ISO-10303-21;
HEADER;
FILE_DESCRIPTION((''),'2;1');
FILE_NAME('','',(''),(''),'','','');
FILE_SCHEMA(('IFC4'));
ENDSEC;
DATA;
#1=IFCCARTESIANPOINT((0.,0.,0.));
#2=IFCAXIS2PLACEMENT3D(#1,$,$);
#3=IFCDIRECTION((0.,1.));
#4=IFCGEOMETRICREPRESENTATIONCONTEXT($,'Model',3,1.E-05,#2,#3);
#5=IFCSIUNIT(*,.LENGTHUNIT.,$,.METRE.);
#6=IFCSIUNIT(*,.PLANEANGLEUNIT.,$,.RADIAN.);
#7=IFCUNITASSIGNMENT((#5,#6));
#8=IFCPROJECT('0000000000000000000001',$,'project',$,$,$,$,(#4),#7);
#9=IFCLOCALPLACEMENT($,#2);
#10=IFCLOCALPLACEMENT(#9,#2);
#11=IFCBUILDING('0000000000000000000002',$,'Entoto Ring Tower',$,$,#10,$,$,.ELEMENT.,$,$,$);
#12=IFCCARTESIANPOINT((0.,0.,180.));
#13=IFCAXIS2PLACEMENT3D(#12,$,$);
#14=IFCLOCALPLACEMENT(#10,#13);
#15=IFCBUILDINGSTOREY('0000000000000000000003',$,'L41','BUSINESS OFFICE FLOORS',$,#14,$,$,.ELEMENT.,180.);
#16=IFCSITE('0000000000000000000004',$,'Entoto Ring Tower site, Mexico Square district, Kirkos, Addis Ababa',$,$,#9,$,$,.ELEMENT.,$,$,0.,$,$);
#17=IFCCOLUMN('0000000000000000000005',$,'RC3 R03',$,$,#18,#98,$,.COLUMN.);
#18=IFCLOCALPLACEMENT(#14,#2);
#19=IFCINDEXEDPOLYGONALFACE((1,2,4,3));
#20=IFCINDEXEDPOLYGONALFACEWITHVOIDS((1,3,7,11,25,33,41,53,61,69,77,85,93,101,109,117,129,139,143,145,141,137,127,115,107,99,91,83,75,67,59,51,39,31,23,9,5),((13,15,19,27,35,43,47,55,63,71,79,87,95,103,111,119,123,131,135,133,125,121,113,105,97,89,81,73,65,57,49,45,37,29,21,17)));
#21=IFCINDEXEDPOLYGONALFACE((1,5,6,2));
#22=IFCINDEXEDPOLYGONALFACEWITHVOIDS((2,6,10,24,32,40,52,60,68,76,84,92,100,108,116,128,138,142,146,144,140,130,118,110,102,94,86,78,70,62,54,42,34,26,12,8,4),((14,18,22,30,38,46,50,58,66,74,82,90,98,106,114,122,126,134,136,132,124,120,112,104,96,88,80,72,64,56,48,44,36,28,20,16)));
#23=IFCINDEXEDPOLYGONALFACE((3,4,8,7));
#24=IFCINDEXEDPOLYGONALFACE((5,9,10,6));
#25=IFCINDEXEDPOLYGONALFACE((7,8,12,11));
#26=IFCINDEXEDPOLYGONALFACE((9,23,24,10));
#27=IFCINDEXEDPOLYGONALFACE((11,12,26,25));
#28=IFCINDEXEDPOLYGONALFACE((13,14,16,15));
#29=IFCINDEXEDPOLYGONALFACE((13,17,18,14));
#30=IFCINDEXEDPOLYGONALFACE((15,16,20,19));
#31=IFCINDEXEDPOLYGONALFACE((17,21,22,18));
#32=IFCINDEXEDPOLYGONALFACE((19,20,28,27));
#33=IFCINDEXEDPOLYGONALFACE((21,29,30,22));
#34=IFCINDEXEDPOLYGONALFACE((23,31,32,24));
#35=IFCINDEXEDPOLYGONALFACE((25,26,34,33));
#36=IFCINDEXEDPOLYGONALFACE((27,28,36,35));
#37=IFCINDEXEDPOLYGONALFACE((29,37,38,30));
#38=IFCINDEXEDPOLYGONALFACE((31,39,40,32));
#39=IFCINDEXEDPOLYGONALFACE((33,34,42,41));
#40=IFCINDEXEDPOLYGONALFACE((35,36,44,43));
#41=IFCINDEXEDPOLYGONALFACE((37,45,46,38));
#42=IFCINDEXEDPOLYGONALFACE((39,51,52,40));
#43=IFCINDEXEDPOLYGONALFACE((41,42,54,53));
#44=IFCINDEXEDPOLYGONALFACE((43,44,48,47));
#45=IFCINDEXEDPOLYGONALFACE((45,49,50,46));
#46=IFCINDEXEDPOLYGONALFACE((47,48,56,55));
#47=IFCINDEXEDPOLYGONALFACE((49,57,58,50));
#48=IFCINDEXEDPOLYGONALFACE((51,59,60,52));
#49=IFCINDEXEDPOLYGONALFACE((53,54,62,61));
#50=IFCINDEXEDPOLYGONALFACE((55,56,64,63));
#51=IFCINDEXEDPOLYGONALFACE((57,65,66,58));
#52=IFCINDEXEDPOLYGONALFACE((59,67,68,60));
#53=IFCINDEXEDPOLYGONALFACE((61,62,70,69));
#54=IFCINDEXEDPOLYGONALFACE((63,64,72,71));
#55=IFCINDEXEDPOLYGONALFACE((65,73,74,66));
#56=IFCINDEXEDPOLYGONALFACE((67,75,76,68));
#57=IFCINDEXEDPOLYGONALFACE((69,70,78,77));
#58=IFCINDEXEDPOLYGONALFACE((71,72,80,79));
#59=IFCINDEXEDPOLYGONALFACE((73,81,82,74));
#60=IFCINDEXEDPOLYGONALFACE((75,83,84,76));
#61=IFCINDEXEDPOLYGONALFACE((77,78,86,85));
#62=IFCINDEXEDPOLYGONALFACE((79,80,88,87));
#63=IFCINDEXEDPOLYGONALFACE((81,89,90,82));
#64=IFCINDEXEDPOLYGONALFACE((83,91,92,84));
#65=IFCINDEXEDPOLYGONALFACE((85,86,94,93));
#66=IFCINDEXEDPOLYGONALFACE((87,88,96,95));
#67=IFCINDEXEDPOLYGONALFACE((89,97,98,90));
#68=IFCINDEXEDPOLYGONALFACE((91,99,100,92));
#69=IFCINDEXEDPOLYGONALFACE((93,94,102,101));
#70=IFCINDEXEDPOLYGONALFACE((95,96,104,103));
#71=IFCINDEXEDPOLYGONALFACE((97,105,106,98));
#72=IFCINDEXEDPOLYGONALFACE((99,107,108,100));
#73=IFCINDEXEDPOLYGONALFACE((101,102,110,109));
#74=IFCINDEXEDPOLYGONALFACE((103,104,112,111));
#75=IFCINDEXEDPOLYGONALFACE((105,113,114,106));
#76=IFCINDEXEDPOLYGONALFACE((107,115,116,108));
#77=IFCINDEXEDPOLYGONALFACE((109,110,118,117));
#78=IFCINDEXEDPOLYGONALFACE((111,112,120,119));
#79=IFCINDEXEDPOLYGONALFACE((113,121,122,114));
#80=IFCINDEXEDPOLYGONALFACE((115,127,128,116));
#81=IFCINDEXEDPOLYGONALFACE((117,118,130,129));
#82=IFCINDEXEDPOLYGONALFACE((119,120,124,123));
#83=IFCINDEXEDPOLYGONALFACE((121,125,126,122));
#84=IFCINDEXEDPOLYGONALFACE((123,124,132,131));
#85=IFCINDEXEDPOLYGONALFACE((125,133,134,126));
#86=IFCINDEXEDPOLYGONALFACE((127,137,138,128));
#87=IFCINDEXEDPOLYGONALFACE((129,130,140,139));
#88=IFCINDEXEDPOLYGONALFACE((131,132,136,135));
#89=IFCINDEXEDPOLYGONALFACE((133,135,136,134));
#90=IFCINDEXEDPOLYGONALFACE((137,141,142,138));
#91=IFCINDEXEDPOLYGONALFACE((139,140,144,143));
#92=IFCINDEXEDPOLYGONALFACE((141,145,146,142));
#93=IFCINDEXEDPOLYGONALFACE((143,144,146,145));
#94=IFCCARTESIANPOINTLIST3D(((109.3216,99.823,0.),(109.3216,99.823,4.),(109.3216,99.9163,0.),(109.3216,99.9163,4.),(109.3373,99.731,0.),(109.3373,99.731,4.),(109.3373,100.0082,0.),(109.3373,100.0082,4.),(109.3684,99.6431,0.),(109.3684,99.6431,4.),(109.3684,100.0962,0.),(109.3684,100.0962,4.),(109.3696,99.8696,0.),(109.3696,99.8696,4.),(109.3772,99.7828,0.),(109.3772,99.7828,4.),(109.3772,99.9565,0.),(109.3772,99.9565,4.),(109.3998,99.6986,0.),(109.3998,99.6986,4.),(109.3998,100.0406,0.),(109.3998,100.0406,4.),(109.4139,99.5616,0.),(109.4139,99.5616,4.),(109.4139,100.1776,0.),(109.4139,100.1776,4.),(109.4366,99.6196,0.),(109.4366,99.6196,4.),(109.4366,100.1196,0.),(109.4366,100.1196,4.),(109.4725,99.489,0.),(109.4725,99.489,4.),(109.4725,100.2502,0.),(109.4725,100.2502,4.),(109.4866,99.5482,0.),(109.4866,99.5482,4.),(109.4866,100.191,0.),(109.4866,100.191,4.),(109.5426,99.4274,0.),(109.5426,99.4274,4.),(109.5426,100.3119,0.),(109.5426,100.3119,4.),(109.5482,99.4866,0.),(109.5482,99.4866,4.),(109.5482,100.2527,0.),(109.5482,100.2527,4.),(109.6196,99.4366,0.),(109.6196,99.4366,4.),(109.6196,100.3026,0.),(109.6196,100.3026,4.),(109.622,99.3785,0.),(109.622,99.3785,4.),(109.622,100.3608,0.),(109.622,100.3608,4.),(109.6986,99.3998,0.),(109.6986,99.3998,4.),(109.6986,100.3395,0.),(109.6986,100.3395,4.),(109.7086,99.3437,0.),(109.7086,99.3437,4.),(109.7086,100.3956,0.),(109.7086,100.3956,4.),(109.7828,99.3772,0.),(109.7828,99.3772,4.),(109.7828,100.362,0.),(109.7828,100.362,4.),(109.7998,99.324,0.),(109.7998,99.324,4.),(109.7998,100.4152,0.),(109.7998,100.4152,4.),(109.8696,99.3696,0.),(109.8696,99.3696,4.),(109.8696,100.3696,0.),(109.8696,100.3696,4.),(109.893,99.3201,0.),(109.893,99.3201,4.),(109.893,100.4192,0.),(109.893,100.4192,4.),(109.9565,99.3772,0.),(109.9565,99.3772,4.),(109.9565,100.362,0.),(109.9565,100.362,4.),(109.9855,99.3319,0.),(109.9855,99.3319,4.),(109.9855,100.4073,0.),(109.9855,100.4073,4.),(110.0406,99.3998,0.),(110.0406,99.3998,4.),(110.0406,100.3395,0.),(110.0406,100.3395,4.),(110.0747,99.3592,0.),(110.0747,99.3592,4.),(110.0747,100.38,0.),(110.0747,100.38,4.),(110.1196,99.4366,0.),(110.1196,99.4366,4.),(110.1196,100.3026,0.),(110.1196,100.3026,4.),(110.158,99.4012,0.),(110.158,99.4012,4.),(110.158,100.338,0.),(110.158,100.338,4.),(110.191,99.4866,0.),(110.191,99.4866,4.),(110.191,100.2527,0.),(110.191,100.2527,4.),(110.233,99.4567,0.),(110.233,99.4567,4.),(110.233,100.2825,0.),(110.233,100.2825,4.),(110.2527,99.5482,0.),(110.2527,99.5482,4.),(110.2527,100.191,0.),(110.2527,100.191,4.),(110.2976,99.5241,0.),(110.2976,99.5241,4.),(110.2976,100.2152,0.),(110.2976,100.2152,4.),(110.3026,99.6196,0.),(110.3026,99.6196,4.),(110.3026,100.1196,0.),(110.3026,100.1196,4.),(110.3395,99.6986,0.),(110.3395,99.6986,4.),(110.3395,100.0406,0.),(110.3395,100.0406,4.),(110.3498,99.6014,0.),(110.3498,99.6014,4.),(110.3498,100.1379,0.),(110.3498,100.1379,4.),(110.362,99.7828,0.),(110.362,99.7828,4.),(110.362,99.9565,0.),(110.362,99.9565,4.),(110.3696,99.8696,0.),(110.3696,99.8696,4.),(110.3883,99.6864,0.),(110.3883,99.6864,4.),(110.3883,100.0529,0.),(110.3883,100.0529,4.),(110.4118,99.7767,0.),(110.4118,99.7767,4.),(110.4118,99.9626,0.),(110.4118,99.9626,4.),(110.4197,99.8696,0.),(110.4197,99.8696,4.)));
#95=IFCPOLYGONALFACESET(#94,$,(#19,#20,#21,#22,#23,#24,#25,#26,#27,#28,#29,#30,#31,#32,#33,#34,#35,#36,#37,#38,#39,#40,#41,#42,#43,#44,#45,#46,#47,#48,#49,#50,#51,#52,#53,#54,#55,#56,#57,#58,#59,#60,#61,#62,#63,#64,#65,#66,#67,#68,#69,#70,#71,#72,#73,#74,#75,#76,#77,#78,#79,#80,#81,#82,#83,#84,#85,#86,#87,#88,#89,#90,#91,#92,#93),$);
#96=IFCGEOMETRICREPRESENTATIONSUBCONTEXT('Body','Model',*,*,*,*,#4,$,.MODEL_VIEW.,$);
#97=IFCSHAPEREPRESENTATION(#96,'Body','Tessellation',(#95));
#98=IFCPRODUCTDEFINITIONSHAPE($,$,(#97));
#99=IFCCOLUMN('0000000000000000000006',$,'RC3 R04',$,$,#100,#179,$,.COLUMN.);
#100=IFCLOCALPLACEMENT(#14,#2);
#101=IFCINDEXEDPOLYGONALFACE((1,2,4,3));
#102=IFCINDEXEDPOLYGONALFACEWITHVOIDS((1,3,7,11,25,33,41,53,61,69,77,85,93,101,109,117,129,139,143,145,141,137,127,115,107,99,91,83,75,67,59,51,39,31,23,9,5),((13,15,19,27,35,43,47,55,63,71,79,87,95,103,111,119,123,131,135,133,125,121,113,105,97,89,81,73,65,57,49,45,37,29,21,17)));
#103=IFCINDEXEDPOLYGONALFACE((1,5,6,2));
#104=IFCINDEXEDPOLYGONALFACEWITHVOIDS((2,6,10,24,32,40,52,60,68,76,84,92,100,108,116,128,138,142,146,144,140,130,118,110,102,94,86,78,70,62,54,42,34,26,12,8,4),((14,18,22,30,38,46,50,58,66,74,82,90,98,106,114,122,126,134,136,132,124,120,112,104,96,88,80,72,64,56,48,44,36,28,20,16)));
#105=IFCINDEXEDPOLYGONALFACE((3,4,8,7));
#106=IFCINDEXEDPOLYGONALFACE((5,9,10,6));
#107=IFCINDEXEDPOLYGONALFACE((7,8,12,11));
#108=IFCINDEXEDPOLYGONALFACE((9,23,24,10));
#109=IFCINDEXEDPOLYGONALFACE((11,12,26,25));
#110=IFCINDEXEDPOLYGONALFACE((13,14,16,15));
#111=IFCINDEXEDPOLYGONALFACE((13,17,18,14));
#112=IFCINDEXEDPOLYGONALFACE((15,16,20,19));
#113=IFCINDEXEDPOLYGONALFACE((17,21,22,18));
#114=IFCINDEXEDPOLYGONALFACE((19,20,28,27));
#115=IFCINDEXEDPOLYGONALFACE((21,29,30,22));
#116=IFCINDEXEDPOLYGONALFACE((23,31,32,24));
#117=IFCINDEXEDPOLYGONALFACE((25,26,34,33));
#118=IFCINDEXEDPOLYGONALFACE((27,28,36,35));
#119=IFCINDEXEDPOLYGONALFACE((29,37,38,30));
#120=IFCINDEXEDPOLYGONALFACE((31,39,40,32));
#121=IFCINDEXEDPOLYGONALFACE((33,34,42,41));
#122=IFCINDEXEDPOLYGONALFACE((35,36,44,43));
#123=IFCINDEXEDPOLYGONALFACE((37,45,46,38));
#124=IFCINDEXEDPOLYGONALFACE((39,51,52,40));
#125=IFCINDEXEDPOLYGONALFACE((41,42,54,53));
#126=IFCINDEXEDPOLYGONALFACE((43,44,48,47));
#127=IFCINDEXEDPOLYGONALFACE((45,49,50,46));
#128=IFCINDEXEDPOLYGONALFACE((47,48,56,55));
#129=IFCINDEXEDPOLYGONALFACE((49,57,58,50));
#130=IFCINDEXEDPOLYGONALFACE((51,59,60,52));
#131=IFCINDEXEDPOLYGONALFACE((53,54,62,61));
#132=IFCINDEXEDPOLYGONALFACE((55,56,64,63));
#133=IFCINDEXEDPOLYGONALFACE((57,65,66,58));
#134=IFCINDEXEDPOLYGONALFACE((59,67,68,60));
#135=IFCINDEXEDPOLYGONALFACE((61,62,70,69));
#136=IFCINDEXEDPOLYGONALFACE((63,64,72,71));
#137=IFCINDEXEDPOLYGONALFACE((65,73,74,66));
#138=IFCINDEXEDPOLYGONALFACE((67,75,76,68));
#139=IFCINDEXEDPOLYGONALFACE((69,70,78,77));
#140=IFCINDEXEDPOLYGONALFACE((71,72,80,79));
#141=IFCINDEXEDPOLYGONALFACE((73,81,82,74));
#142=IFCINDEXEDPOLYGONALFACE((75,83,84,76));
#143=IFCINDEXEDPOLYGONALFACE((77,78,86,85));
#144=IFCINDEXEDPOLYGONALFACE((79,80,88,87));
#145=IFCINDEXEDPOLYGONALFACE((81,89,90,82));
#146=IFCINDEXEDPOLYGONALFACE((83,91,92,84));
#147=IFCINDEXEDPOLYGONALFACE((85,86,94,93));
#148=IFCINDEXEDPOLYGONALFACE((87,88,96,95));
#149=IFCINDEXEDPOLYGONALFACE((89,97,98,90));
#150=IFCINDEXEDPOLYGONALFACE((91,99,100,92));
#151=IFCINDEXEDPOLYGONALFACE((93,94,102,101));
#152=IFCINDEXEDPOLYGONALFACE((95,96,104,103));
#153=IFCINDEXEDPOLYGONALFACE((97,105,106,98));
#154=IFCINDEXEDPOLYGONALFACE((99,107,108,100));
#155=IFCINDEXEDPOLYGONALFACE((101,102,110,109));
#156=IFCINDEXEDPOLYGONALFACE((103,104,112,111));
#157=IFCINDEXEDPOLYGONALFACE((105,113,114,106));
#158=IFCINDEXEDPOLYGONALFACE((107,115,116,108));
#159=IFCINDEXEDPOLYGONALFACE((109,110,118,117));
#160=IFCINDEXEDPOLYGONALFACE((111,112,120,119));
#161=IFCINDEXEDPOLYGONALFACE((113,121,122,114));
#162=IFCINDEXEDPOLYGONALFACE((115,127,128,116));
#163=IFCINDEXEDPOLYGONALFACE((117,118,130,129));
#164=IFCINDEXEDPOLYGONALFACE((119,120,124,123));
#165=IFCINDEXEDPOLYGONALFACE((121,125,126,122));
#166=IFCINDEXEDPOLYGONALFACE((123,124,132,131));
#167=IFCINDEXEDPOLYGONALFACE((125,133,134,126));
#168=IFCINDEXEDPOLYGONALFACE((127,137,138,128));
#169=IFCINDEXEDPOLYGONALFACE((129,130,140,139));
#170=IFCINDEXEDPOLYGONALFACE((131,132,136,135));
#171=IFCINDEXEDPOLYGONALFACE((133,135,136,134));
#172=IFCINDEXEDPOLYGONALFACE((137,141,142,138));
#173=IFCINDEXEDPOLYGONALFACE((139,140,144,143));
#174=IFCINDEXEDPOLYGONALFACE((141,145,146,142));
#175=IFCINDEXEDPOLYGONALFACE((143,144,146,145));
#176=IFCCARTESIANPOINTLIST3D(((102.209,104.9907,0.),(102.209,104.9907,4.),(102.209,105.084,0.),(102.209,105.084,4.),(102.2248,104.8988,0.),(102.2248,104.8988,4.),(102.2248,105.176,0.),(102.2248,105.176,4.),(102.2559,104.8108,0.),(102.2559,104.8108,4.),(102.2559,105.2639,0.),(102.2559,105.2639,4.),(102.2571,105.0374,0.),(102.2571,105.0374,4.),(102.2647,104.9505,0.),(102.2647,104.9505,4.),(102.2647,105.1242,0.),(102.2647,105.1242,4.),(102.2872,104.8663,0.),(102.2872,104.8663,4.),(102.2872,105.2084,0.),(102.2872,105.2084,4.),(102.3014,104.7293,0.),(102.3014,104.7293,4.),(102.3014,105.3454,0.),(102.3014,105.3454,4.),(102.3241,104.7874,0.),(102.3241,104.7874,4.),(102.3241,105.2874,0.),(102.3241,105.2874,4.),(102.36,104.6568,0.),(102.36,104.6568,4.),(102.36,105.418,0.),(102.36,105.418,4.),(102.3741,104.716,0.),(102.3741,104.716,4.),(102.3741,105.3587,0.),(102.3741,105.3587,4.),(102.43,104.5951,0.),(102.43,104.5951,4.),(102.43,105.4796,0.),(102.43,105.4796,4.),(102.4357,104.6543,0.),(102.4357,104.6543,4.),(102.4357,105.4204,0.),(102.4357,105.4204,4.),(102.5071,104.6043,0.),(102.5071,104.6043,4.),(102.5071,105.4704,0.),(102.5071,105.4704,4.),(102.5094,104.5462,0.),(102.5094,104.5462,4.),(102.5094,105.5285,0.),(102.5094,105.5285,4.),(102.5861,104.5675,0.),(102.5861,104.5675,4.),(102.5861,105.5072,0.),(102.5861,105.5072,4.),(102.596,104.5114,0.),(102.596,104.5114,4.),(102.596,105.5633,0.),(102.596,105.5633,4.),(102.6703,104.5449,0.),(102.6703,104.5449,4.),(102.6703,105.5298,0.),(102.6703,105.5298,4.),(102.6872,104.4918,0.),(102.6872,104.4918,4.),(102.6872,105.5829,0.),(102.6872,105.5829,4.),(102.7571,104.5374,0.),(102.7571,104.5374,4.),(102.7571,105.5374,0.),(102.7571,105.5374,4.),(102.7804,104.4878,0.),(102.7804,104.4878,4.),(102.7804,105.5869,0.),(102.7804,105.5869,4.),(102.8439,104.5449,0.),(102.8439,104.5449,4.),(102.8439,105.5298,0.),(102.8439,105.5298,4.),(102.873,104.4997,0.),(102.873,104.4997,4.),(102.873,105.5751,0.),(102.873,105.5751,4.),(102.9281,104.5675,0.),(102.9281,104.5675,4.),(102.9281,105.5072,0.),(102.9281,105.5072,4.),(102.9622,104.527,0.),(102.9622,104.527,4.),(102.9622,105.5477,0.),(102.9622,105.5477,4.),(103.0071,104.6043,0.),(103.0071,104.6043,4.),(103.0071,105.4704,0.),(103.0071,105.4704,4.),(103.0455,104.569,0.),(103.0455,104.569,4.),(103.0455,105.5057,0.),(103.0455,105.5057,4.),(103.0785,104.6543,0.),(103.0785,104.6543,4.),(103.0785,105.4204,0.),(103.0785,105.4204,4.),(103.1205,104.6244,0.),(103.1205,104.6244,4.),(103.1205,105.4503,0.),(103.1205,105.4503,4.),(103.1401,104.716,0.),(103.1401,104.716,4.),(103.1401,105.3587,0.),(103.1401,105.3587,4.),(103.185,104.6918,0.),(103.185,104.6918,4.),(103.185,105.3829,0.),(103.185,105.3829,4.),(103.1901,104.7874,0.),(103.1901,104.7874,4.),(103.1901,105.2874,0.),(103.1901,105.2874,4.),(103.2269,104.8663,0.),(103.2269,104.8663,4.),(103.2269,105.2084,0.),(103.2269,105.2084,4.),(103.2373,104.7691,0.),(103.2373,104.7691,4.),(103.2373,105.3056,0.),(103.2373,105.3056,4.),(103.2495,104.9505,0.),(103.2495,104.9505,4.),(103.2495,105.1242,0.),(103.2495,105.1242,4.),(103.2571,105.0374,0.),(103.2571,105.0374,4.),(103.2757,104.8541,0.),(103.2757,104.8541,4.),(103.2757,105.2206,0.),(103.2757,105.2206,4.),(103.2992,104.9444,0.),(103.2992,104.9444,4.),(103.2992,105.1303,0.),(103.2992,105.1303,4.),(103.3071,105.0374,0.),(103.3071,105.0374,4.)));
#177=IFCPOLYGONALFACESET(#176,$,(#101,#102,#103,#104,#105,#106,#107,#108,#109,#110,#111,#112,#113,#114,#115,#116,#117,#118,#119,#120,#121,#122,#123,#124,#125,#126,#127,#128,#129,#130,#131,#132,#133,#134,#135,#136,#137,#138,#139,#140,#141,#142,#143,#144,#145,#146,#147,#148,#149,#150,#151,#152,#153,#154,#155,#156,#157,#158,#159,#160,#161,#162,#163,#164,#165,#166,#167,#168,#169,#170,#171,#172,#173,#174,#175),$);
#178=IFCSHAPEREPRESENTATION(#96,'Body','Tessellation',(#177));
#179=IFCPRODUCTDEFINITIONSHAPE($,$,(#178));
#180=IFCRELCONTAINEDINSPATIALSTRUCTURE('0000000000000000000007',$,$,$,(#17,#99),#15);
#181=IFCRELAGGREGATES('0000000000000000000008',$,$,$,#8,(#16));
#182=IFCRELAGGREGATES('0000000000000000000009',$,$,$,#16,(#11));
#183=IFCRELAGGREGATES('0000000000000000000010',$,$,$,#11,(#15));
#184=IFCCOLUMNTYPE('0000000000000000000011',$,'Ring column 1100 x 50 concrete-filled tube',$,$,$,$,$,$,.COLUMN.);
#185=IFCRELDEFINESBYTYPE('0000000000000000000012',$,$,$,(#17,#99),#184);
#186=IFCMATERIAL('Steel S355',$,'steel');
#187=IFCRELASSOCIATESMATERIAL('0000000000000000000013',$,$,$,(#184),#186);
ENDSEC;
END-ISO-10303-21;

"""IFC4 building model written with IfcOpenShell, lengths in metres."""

from ifc_helpers import new_model, si_unit, direction, frame, origin, origin_2d, place, context, subcontext, project, spatial, circle, hollow_circle, extrude, material, material_profile, profile_set, type_object, element, save


model = new_model("IFC4")

# Units and contexts
model_context = context("Model", 3, precision=1e-05, world=origin(), true_north=direction((0.0, 1.0)))
body_context = subcontext(model_context, "Body", "Model", "MODEL_VIEW")
ifc_project = project(units=[si_unit("LENGTHUNIT", "METRE"), si_unit("PLANEANGLEUNIT", "RADIAN")], contexts=[model_context])

# Site, building, storey
site_placement = place(None, origin())
site = spatial("IfcSite", under=ifc_project, at=site_placement, Name="Entoto Ring Tower site, Mexico Square district, Kirkos, Addis Ababa", CompositionType="ELEMENT", RefElevation=0.0)
building_placement = place(site_placement, origin())
building = spatial("IfcBuilding", under=site, at=building_placement, Name="Entoto Ring Tower", CompositionType="ELEMENT")
storey_placement = place(building_placement, frame((0.0, 0.0, 180.0)))
storey = spatial("IfcBuildingStorey", under=building, at=storey_placement, Name="L41", Description="BUSINESS OFFICE FLOORS", CompositionType="ELEMENT", Elevation=180.0)

# Columns
ifc_material_1 = material(Name="Steel S355", Category="steel")
ifc_material_profile_1 = material_profile(ifc_material_1, hollow_circle(Radius=0.55, WallThickness=0.05, at=origin_2d()), Name="CHS 1100 x 50")
ifc_material_2 = material(Name="Concrete C60/75", Category="concrete")
ifc_material_profile_2 = material_profile(ifc_material_2, circle(Radius=0.5, at=origin_2d()), Name="Concrete C60/75 infill")
ifc_profile_set_1 = profile_set([ifc_material_profile_1, ifc_material_profile_2], Name="Steel S355")
column_type = type_object("IfcColumnType", Name="Ring column 1100 x 50 concrete-filled tube", PredefinedType="COLUMN", material=ifc_profile_set_1)
for number, where, z_axis, x_axis, name in (
    (1, (109.8696, 99.8696, 0.0), (0.0, 0.0, 1.0), (1.0, 0.0, 0.0), "RC3 R03"),
    (2, (102.7571, 105.0374, 0.0), (0.0, 0.0, 1.0), (1.0, 0.0, 0.0), "RC3 R04"),
):
    element("IfcColumn", number, at=place(storey_placement, frame(where, z_axis=z_axis, x_axis=x_axis)), inside=storey, type_object=column_type, Name=name, PredefinedType="COLUMN", context=body_context, shape_type="SweptSolid", body=[
        extrude(hollow_circle(Radius=0.55, WallThickness=0.05, at=origin_2d()), origin(), (0.0, 0.0, 1.0), 4.0),
    ])

save(model, "model.ifc")
